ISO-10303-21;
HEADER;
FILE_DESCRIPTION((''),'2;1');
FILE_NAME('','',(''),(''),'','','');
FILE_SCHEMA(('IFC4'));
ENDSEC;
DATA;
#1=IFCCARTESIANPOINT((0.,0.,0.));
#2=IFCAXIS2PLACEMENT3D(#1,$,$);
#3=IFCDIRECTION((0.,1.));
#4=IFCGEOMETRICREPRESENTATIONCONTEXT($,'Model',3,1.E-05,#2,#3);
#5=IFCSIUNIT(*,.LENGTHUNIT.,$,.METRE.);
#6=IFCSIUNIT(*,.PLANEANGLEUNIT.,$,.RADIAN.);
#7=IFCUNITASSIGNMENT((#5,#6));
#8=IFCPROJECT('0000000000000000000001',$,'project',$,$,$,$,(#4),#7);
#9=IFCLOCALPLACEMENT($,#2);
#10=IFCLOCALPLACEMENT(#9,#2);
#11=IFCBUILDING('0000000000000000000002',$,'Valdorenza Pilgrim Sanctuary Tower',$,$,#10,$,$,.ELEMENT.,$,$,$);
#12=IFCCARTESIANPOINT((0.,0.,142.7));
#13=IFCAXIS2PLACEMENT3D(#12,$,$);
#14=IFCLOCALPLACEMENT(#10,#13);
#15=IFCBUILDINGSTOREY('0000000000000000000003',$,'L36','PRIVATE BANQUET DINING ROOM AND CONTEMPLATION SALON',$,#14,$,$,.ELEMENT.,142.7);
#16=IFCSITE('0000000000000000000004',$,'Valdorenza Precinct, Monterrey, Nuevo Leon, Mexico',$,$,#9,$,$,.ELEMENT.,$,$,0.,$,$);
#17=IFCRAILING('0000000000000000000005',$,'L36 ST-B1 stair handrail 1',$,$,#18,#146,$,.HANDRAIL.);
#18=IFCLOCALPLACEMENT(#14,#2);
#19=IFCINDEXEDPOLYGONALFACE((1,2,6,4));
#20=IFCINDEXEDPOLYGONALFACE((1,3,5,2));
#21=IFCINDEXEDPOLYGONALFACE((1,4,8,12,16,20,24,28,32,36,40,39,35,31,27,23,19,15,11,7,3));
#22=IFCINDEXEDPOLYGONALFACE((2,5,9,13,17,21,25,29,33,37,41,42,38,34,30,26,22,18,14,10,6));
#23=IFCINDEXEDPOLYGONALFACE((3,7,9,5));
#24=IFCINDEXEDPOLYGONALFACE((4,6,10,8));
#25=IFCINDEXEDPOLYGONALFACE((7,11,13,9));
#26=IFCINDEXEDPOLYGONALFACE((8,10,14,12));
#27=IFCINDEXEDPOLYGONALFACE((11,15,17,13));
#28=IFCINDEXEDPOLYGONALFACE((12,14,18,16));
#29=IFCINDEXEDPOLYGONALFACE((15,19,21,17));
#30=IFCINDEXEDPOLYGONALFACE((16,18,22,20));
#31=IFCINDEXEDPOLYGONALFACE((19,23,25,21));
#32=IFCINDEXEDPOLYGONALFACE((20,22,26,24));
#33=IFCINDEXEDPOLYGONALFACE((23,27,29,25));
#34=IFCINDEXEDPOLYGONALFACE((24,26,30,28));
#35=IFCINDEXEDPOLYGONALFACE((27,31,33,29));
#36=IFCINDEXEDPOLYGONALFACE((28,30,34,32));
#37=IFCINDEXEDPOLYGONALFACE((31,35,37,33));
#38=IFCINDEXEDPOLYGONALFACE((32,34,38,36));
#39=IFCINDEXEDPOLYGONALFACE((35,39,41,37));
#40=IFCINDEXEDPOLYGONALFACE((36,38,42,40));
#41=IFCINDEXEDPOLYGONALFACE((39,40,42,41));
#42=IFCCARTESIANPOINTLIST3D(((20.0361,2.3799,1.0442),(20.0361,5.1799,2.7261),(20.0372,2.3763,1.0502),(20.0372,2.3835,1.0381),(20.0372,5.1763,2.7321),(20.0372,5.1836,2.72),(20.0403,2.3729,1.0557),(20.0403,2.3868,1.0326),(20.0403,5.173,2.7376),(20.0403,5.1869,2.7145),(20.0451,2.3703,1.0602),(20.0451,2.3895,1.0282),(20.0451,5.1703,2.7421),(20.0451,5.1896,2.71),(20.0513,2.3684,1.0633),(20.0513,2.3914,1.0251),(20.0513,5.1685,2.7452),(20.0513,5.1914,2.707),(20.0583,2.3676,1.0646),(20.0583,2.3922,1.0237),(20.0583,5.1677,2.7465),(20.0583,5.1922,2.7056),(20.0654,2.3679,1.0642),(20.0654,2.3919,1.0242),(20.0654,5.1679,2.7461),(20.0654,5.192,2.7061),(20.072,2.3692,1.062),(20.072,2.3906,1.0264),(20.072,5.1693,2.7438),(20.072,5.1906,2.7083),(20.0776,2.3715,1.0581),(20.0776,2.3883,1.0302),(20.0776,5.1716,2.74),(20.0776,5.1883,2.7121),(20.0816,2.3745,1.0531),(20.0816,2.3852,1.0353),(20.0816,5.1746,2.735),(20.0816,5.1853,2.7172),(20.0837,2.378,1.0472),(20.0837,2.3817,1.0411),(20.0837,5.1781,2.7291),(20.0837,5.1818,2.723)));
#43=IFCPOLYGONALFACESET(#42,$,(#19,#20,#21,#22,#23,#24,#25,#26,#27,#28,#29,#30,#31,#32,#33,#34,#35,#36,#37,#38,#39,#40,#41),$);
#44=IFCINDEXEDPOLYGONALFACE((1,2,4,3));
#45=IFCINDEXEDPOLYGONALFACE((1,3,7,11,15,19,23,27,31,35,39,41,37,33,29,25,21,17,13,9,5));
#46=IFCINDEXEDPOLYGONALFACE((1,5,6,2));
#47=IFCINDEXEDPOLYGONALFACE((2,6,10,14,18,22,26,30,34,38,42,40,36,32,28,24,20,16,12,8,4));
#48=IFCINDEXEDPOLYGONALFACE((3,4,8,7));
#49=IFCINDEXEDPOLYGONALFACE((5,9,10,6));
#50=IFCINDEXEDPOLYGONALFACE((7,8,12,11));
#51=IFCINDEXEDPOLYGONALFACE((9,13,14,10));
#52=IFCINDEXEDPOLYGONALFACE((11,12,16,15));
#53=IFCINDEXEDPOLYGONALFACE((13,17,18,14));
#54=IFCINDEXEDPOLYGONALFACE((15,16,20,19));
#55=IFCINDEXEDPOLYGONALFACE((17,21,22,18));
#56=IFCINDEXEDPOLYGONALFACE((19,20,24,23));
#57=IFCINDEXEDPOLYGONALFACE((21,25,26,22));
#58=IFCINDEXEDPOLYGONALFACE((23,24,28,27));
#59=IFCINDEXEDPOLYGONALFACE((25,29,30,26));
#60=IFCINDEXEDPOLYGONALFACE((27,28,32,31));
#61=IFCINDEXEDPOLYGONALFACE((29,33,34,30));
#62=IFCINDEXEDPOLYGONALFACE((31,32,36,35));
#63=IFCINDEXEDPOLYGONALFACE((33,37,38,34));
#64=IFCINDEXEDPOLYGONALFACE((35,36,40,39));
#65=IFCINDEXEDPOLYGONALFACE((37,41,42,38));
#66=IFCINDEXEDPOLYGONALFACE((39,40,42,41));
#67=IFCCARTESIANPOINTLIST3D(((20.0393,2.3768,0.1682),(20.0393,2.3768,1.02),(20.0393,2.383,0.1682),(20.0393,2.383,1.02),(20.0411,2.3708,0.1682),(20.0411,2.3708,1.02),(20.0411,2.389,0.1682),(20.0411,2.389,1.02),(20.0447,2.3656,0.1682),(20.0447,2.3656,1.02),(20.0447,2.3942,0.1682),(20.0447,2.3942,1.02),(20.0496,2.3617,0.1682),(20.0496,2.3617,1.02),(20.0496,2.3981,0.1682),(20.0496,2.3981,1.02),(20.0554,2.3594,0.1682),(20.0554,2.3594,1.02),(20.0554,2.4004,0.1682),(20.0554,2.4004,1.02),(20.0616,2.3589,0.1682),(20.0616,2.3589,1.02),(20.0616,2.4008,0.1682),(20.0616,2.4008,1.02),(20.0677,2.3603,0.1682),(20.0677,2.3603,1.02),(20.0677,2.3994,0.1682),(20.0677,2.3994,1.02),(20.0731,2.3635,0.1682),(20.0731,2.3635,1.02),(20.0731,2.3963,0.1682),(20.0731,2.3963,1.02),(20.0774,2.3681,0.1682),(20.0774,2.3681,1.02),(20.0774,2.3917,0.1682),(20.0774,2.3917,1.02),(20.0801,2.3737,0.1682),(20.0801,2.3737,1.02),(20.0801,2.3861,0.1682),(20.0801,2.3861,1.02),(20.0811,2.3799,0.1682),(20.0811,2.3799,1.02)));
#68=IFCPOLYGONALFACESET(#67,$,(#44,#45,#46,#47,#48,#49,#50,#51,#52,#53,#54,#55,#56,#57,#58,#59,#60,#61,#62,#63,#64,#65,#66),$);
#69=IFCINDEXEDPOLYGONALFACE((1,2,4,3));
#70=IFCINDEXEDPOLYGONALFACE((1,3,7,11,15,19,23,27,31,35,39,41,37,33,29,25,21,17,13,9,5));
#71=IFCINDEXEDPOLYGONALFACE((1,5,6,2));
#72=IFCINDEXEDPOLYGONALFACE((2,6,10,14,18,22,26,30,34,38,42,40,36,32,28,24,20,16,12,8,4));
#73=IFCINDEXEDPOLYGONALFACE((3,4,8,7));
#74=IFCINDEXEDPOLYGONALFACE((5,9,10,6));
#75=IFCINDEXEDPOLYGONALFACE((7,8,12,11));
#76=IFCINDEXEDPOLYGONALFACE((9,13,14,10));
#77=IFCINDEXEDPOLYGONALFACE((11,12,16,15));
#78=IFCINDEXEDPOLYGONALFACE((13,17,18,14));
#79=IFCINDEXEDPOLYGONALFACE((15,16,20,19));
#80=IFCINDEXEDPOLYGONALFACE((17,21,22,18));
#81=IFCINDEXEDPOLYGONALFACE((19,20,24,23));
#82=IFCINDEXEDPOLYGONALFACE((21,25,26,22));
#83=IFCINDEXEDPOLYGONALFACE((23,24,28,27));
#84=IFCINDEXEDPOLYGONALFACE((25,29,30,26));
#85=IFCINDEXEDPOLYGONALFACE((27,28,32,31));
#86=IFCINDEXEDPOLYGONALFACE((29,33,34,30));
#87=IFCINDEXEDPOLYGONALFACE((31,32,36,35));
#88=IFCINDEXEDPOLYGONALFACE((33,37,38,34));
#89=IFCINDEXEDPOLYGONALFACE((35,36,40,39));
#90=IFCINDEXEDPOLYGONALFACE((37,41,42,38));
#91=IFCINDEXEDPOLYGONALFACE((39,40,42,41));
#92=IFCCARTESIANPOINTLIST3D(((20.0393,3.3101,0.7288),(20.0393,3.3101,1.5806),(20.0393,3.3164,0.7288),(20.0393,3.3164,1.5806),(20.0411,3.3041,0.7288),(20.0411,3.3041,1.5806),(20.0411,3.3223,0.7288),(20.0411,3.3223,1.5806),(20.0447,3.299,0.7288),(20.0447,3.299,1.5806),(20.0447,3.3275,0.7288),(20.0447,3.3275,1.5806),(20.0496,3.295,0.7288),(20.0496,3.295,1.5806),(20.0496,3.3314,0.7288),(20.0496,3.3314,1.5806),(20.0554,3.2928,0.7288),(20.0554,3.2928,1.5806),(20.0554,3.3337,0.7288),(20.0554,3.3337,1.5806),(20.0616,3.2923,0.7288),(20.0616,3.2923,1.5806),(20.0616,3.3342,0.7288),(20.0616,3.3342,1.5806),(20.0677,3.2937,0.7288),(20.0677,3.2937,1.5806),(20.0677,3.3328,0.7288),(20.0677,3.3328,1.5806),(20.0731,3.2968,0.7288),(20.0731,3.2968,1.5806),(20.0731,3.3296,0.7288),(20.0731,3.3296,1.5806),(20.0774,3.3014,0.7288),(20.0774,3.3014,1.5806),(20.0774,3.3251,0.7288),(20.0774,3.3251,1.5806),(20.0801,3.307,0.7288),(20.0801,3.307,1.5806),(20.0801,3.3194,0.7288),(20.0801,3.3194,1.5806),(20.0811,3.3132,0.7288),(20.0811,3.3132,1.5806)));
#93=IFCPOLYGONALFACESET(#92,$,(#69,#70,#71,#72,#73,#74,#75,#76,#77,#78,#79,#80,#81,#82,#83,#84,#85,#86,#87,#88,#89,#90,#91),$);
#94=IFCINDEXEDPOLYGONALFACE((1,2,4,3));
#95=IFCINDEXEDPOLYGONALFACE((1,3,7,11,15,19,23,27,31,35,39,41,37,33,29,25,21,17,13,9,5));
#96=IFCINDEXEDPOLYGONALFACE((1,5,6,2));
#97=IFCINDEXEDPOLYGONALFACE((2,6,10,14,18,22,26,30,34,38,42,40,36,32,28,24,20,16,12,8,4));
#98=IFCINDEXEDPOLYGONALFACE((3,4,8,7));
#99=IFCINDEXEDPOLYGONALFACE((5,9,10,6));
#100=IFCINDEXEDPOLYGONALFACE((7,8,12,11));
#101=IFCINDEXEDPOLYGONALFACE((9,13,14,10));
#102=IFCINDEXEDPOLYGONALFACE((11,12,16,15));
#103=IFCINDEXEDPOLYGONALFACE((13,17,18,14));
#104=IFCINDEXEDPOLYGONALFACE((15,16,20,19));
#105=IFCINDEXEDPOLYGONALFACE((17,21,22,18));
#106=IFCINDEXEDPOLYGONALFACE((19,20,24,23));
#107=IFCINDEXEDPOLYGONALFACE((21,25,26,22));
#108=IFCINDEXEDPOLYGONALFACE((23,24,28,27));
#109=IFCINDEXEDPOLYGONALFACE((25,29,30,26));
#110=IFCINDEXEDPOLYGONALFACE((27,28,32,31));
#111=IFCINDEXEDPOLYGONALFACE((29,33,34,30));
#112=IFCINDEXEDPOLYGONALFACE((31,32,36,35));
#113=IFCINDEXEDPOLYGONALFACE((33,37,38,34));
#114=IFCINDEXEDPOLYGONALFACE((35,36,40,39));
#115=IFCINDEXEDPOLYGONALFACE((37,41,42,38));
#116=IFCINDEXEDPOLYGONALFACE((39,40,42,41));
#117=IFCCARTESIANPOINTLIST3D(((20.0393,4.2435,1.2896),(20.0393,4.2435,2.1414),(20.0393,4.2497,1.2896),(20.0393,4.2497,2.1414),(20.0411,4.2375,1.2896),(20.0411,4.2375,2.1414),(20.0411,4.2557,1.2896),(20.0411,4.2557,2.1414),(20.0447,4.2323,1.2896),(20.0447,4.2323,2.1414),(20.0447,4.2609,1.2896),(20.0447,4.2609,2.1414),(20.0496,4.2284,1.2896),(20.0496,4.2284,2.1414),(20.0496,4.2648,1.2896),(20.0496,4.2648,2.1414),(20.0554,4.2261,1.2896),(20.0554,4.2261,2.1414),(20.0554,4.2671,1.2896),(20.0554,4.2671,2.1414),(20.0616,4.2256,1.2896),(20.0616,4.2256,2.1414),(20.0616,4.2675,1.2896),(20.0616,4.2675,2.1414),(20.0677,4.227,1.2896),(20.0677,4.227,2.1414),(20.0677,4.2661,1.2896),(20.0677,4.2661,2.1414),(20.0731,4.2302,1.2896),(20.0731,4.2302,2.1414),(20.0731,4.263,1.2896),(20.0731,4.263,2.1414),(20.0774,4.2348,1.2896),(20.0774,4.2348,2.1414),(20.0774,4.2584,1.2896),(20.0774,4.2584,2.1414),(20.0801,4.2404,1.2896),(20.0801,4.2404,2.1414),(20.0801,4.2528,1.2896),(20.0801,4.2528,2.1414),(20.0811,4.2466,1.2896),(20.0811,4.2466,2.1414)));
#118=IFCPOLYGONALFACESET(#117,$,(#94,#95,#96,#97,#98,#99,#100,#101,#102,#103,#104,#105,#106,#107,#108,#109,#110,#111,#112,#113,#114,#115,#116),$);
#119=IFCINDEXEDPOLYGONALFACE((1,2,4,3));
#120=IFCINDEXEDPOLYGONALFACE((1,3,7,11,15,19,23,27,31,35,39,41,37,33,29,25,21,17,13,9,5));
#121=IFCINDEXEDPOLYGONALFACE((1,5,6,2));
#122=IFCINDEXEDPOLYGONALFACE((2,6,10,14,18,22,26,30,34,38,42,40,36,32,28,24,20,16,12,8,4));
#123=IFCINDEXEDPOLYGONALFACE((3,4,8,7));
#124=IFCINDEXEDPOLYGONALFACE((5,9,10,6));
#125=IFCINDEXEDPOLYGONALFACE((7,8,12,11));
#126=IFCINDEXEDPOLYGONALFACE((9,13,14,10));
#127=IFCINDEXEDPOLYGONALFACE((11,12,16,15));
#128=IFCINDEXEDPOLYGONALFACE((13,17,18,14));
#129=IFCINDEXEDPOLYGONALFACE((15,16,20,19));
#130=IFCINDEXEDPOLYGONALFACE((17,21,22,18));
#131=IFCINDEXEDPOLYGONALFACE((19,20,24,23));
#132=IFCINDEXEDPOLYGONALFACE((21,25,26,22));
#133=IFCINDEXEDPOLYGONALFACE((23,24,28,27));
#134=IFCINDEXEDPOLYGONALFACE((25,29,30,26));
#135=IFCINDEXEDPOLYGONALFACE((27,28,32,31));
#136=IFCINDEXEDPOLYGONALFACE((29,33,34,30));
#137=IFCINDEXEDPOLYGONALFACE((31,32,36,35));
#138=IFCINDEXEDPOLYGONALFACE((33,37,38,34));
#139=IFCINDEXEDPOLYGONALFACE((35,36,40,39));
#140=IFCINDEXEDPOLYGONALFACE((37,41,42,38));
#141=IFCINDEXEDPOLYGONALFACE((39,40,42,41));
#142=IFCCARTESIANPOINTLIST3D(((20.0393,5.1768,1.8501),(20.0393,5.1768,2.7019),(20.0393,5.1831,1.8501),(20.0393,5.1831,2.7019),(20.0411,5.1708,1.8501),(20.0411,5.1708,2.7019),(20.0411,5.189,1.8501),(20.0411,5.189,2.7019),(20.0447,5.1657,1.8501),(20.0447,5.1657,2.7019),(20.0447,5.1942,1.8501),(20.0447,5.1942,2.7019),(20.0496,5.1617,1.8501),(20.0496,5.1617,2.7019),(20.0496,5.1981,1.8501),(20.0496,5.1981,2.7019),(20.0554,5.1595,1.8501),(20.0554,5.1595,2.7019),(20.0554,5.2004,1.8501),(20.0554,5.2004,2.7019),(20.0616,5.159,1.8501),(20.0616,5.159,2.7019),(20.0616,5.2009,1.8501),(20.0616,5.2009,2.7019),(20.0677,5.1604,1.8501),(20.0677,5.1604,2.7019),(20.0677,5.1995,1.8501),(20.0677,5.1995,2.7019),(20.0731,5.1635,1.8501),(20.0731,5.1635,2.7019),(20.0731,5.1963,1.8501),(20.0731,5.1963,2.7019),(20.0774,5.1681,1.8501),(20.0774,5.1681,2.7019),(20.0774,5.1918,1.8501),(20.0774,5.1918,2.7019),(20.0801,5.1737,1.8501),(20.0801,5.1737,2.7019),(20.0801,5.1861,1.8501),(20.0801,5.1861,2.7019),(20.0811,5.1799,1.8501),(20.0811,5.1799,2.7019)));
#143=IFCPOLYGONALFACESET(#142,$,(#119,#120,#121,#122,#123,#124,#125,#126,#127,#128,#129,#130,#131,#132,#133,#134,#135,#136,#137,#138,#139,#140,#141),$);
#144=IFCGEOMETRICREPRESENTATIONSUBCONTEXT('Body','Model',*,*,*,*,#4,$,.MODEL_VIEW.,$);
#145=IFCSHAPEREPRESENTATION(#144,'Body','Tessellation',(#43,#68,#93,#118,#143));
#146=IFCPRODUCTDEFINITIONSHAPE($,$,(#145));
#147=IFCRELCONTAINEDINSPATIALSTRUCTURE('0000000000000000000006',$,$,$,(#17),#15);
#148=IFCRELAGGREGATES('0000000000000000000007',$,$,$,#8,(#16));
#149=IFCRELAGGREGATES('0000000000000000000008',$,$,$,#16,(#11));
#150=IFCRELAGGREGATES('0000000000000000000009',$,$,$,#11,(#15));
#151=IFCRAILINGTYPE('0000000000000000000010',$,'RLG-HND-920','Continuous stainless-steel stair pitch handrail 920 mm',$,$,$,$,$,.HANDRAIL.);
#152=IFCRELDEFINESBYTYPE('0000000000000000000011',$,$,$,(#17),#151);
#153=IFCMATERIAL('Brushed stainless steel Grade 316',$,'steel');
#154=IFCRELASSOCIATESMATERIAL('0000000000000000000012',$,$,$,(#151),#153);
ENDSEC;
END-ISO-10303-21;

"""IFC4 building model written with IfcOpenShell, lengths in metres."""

from ifc_helpers import new_model, si_unit, direction, frame, origin, origin_2d, place, context, subcontext, project, spatial, circle, extrude, material, type_object, element, save


model = new_model("IFC4")

# Units and contexts
model_context = context("Model", 3, precision=1e-05, world=origin(), true_north=direction((0.0, 1.0)))
body_context = subcontext(model_context, "Body", "Model", "MODEL_VIEW")
ifc_project = project(units=[si_unit("LENGTHUNIT", "METRE"), si_unit("PLANEANGLEUNIT", "RADIAN")], contexts=[model_context])

# Site, building, storey
site_placement = place(None, origin())
site = spatial("IfcSite", under=ifc_project, at=site_placement, Name="Valdorenza Precinct, Monterrey, Nuevo Leon, Mexico", CompositionType="ELEMENT", RefElevation=0.0)
building_placement = place(site_placement, origin())
building = spatial("IfcBuilding", under=site, at=building_placement, Name="Valdorenza Pilgrim Sanctuary Tower", CompositionType="ELEMENT")
storey_placement = place(building_placement, frame((0.0, 0.0, 142.7)))
storey = spatial("IfcBuildingStorey", under=building, at=storey_placement, Name="L36", Description="PRIVATE BANQUET DINING ROOM AND CONTEMPLATION SALON", CompositionType="ELEMENT", Elevation=142.7)

# Shared definitions
ifc_material_1 = material(Name="Brushed stainless steel Grade 316", Category="steel")

# Railing
railing_type_1 = type_object("IfcRailingType", Name="RLG-HND-920", Description="Continuous stainless-steel stair pitch handrail 920 mm", PredefinedType="HANDRAIL", material=ifc_material_1)
railing_1_placement = place(storey_placement, frame((20.0601, 2.3799, 0.1682)))
element("IfcRailing", 1, at=railing_1_placement, inside=storey, type_object=railing_type_1, Name="L36 ST-B1 stair handrail 1", PredefinedType="HANDRAIL", context=body_context, shape_type="SweptSolid", body=[
    extrude(circle(Radius=0.0239, at=origin_2d()), frame((0.0, 0.0, 0.876), z_axis=(0.0, 0.857242, 0.514913), x_axis=(-1.0, 0.0, 0.0)), (0.0, 0.0, 1.0), 3.2664),
    extrude(circle(Radius=0.021, at=origin_2d()), origin(), (0.0, 0.0, 1.0), 0.8518),
    extrude(circle(Radius=0.021, at=origin_2d()), frame((0.0, 0.9333, 0.5605)), (0.0, 0.0, 1.0), 0.8518),
    extrude(circle(Radius=0.021, at=origin_2d()), frame((0.0, 1.8667, 1.1213)), (0.0, 0.0, 1.0), 0.8518),
    extrude(circle(Radius=0.021, at=origin_2d()), frame((0.0, 2.8, 1.6819)), (0.0, 0.0, 1.0), 0.8518),
])

save(model, "model.ifc")
